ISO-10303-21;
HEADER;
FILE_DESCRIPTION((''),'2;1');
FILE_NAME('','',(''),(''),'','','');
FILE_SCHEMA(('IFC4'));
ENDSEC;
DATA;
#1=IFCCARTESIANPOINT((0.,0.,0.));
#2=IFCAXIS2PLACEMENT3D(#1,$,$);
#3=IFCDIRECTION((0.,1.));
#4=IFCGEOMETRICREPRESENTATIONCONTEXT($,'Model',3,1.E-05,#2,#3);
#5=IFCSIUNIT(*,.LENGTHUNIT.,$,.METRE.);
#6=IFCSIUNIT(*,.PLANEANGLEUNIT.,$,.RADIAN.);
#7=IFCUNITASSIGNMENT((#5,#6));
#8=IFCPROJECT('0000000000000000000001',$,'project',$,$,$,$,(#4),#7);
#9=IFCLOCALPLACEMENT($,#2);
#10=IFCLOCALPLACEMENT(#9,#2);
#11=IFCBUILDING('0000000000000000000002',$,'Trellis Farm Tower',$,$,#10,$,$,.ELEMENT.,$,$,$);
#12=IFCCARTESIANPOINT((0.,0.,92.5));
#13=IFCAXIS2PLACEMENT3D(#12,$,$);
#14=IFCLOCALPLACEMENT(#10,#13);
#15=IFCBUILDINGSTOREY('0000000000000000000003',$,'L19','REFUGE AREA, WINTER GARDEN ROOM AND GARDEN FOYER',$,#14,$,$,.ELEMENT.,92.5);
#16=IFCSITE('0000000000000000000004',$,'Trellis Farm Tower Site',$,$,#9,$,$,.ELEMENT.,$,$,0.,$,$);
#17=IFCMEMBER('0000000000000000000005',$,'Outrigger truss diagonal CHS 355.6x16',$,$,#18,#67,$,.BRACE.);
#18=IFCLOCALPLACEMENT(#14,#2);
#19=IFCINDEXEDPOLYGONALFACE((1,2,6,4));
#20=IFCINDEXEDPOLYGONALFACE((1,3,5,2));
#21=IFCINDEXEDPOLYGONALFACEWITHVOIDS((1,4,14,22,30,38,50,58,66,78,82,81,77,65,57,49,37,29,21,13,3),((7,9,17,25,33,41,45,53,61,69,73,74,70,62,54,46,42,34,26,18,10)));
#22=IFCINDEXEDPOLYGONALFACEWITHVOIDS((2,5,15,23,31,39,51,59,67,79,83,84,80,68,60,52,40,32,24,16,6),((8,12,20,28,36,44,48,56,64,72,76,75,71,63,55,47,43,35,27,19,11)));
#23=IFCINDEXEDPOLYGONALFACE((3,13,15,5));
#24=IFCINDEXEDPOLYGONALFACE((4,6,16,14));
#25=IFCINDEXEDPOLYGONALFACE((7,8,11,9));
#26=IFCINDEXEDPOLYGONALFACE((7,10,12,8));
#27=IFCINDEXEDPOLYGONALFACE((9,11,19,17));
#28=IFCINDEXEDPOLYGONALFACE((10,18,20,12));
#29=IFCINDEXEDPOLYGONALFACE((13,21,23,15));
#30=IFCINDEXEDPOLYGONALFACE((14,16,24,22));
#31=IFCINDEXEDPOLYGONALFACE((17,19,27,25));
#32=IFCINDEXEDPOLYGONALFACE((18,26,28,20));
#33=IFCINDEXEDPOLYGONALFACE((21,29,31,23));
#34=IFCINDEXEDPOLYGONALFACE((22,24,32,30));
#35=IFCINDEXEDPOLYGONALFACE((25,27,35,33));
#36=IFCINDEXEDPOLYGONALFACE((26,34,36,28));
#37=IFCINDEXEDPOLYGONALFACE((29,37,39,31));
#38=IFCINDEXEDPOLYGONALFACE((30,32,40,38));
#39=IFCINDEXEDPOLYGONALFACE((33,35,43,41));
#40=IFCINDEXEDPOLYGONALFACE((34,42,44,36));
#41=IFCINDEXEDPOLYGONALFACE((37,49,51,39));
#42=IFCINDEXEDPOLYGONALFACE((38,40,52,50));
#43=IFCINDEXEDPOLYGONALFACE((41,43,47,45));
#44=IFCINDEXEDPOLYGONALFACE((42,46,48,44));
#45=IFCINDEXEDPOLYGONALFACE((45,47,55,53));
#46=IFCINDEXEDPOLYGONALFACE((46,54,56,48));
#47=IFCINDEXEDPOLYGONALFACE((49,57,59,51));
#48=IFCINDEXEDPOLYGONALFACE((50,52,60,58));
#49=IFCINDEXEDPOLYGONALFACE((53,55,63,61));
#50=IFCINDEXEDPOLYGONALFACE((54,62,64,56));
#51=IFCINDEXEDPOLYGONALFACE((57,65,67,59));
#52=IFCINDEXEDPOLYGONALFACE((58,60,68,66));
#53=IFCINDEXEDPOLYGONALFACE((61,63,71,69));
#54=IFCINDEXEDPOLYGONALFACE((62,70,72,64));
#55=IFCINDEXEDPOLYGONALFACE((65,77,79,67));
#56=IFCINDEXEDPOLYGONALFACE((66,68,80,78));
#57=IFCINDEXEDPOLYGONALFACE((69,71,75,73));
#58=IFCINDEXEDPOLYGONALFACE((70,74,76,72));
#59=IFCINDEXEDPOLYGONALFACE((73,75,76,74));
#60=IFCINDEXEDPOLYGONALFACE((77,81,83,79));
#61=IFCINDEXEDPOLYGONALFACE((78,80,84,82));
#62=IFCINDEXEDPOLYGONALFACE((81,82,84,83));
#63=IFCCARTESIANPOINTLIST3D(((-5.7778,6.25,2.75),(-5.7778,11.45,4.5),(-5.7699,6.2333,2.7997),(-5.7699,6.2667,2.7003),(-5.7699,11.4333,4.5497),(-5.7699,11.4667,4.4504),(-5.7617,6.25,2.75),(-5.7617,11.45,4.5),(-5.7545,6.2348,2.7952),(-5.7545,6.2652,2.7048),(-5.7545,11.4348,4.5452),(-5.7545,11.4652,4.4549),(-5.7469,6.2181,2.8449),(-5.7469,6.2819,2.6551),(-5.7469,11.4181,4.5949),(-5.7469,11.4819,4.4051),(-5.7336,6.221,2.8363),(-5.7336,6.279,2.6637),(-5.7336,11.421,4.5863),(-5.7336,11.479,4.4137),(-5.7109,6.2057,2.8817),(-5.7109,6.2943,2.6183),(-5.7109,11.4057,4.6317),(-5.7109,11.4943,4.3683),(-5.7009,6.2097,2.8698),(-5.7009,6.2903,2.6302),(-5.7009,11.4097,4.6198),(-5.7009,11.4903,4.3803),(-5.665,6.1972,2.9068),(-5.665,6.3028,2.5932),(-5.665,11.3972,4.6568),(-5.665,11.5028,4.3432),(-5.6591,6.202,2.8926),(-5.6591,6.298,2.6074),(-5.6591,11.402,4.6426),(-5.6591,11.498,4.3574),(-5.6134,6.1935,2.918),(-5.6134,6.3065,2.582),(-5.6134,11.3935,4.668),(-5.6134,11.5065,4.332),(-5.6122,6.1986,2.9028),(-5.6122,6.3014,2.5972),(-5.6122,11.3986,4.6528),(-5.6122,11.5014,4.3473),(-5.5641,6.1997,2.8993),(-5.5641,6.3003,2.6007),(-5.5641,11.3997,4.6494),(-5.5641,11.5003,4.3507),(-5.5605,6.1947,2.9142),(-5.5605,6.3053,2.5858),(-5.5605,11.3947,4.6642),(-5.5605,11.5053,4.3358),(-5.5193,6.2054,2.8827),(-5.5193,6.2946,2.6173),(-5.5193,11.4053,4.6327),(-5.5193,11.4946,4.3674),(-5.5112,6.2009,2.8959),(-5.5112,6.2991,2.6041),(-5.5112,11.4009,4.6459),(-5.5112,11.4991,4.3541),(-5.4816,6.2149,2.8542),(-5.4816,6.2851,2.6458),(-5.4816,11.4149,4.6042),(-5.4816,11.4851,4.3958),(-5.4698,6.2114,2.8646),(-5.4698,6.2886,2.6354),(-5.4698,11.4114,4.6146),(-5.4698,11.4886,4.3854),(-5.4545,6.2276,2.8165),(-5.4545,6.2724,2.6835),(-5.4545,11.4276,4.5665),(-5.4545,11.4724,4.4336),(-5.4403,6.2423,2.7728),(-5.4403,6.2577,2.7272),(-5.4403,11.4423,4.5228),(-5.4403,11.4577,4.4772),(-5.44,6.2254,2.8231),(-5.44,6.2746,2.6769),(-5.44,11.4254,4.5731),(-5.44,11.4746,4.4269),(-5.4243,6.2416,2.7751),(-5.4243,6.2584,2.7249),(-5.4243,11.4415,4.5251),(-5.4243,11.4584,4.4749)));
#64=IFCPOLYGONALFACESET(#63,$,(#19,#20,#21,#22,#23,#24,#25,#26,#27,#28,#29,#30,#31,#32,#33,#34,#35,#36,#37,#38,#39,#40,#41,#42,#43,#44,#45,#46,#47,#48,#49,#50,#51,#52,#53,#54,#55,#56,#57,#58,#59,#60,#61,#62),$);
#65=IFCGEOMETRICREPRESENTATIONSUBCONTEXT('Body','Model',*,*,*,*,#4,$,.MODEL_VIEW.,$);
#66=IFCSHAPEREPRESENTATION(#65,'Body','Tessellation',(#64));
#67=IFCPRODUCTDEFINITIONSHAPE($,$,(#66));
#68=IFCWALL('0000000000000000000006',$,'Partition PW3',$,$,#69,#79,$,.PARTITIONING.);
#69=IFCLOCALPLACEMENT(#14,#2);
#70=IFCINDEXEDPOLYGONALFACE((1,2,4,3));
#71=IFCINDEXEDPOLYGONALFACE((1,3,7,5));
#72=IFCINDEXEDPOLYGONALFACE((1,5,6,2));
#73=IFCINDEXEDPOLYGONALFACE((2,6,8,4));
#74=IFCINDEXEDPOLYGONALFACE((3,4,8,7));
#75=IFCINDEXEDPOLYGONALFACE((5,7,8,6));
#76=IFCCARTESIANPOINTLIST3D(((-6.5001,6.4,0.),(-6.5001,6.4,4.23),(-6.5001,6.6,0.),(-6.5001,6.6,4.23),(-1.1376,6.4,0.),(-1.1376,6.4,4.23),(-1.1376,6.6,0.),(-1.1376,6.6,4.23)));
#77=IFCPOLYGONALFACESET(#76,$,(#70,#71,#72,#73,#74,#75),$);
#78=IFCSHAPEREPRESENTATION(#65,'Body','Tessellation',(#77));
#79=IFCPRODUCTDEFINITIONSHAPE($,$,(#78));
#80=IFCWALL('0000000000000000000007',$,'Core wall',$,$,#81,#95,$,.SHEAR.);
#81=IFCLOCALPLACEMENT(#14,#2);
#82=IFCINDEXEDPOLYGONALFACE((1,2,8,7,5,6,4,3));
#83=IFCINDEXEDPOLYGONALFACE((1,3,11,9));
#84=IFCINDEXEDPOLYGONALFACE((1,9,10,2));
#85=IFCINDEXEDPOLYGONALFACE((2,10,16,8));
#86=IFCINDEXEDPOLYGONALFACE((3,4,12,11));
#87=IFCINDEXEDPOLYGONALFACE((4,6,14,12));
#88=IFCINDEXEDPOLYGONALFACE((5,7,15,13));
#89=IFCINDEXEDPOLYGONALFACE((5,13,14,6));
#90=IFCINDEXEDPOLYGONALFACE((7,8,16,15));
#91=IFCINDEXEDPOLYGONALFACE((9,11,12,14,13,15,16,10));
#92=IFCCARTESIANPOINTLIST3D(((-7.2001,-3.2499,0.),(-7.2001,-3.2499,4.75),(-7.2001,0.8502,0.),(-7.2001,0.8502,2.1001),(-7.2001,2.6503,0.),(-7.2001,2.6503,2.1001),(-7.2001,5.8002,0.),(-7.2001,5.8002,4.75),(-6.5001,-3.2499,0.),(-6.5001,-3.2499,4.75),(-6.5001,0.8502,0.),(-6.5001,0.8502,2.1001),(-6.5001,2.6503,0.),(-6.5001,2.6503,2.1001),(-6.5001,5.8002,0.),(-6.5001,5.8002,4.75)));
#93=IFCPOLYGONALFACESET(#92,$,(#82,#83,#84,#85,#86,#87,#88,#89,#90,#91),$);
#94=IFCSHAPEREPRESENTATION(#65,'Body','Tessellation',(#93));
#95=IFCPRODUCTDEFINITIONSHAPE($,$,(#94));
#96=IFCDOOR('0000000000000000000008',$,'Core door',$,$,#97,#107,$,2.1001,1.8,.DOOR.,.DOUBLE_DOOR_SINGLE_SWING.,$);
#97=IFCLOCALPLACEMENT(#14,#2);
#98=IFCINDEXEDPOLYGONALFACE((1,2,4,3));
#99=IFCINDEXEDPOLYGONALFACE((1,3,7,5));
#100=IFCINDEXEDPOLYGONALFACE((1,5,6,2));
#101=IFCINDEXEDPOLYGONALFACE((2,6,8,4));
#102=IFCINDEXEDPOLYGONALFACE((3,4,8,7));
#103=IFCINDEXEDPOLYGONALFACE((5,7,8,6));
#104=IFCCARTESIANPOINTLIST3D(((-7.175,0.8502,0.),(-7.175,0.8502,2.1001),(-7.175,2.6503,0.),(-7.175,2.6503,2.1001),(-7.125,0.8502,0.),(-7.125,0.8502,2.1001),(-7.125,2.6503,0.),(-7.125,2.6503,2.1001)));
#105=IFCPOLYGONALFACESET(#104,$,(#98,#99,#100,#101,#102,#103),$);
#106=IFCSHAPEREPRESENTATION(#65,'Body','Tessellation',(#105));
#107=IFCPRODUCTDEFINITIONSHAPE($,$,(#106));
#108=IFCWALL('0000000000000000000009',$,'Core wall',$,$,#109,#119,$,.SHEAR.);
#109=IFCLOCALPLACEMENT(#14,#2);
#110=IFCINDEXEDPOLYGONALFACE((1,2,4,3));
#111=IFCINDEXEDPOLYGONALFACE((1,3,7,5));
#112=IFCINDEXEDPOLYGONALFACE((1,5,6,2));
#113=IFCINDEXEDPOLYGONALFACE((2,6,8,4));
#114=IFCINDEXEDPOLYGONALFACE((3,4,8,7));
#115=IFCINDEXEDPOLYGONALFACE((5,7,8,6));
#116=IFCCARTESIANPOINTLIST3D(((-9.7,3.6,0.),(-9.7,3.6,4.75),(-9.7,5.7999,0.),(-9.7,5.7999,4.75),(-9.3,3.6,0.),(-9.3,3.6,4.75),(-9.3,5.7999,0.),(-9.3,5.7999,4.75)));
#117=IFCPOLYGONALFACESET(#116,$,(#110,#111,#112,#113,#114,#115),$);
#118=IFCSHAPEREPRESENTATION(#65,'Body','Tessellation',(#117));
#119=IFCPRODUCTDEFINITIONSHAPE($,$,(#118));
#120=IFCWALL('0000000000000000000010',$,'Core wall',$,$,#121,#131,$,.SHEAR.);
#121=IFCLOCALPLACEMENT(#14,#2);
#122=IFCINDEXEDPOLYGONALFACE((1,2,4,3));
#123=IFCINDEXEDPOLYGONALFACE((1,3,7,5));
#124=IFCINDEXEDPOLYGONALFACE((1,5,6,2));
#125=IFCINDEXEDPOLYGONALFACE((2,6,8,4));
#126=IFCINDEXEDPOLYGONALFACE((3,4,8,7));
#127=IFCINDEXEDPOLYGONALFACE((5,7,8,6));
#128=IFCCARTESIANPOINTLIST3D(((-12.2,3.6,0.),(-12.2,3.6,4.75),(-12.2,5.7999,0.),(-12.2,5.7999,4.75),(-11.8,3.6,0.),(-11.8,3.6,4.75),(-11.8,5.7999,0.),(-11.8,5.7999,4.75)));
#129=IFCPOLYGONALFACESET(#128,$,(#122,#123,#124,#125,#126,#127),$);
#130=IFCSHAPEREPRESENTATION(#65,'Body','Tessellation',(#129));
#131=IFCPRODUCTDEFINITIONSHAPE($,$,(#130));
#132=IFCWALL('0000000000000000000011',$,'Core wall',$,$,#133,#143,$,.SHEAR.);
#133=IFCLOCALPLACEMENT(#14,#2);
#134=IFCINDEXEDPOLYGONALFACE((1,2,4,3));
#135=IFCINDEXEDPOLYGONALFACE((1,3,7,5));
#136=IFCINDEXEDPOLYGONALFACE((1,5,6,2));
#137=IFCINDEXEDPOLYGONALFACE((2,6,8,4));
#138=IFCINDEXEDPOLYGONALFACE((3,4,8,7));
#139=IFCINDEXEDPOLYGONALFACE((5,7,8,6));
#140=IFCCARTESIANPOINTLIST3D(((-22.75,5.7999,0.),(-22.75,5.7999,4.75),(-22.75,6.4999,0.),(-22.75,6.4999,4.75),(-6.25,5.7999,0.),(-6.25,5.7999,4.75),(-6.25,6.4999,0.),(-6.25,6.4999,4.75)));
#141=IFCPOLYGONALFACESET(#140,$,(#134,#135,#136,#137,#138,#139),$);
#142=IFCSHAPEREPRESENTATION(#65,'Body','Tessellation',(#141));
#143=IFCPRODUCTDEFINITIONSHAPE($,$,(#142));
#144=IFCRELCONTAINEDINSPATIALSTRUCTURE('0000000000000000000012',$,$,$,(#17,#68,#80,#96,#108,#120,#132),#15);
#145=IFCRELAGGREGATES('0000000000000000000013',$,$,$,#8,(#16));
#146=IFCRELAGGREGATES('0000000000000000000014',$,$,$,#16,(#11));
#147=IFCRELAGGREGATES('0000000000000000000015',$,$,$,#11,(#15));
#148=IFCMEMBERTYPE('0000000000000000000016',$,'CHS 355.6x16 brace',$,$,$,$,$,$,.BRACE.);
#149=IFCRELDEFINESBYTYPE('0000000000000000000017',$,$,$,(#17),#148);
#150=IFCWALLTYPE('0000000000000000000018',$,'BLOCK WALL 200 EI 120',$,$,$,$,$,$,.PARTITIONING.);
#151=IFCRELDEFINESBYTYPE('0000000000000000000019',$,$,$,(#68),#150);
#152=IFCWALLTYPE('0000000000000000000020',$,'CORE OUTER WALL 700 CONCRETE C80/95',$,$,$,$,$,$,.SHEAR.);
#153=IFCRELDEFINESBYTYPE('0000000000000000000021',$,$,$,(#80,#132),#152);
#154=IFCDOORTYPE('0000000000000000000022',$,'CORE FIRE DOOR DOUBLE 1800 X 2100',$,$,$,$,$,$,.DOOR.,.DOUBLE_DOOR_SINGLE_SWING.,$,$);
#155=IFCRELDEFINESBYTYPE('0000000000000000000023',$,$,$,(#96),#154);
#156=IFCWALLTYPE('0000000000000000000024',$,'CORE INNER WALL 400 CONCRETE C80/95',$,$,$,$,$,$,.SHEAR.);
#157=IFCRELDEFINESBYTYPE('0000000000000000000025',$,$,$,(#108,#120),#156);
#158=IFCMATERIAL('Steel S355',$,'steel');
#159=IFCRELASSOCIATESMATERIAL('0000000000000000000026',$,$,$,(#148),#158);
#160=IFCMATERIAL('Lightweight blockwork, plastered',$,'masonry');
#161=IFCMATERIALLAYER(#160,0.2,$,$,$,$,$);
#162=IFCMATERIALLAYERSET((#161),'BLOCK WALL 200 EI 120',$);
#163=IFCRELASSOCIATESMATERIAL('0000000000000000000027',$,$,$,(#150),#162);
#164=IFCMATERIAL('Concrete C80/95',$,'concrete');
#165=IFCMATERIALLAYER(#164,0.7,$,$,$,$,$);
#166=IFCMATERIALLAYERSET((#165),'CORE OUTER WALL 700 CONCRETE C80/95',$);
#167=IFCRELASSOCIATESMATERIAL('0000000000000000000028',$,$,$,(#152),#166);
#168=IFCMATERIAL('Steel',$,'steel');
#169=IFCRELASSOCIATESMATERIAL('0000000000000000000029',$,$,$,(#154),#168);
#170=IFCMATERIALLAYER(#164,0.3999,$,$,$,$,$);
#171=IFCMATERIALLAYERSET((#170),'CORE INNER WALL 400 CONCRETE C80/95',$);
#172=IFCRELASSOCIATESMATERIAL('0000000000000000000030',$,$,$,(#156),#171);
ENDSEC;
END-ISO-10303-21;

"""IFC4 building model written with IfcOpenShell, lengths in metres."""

from ifc_helpers import new_model, si_unit, direction, frame, frame_2d, origin, origin_2d, place, context, subcontext, project, spatial, rectangle, hollow_circle, extrude, source, transform, mapped, material, layer, layer_set, material_profile, profile_set, type_object, element, fill, save


model = new_model("IFC4")

# Units and contexts
model_context = context("Model", 3, precision=1e-05, world=origin(), true_north=direction((0.0, 1.0)))
body_context = subcontext(model_context, "Body", "Model", "MODEL_VIEW")
ifc_project = project(units=[si_unit("LENGTHUNIT", "METRE"), si_unit("PLANEANGLEUNIT", "RADIAN")], contexts=[model_context])

# Site, building, storey
site_placement = place(None, origin())
site = spatial("IfcSite", under=ifc_project, at=site_placement, Name="Trellis Farm Tower Site", CompositionType="ELEMENT", RefElevation=0.0)
building_placement = place(site_placement, origin())
building = spatial("IfcBuilding", under=site, at=building_placement, Name="Trellis Farm Tower", CompositionType="ELEMENT")
storey_placement = place(building_placement, frame((0.0, 0.0, 92.5)))
storey = spatial("IfcBuildingStorey", under=building, at=storey_placement, Name="L19", Description="REFUGE AREA, WINTER GARDEN ROOM AND GARDEN FOYER", CompositionType="ELEMENT", Elevation=92.5)

# Shared definitions
ifc_material_1 = material(Name="Concrete C80/95", Category="concrete")

# Shared definitions
ifc_material_2 = material(Name="Steel S355", Category="steel")

# Member
ifc_material_profile_1 = material_profile(ifc_material_2, hollow_circle(Radius=0.1777, WallThickness=0.0161, at=origin_2d()), Name="CHS 355.6x16")
ifc_profile_set_1 = profile_set([ifc_material_profile_1], Name="Steel S355")
member_type = type_object("IfcMemberType", Name="CHS 355.6x16 brace", PredefinedType="BRACE", material=ifc_profile_set_1)
shared_shape_1 = source(origin(), body_context, "Body", "SweptSolid", [
    extrude(hollow_circle(Radius=0.1777, WallThickness=0.0161, at=origin_2d()), origin(), (0.0, 0.0, 1.0), 5.4866),
])
member_placement = place(storey_placement, frame((-5.6001, 6.25, 2.75), z_axis=(0.0, 0.947767, 0.318963), x_axis=(-1.0, 0.0, 0.0)))
element("IfcMember", 1, at=member_placement, inside=storey, type_object=member_type, Name="Outrigger truss diagonal CHS 355.6x16", PredefinedType="BRACE", context=body_context, shape_type="MappedRepresentation", body=[
    mapped(shared_shape_1, transform((0.0, 0.0, 0.0))),
])

# Wall
ifc_material_3 = material(Name="Lightweight blockwork, plastered", Category="masonry")
ifc_layer_1 = layer(ifc_material_3, 0.2)
ifc_layer_set_1 = layer_set([ifc_layer_1], Name="BLOCK WALL 200 EI 120")
wall_type_1 = type_object("IfcWallType", Name="BLOCK WALL 200 EI 120", PredefinedType="PARTITIONING", material=ifc_layer_set_1)
wall_1_placement = place(storey_placement, frame((-6.5, 6.5, 0.0), z_axis=(0.0, 0.0, 1.0), x_axis=(1.0, 0.0, 0.0)))
element("IfcWall", 2, at=wall_1_placement, inside=storey, type_object=wall_type_1, Name="Partition PW3", PredefinedType="PARTITIONING", context=body_context, shape_type="SweptSolid", body=[
    extrude(rectangle(XDim=5.3625, YDim=0.2, at=frame_2d((2.6812, 0.0))), origin(), (0.0, 0.0, 1.0), 4.23),
])

# Wall, opening, door
ifc_layer_2 = layer(ifc_material_1, 0.7)
ifc_layer_set_2 = layer_set([ifc_layer_2], Name="CORE OUTER WALL 700 CONCRETE C80/95")
wall_type_2 = type_object("IfcWallType", Name="CORE OUTER WALL 700 CONCRETE C80/95", PredefinedType="SHEAR", material=ifc_layer_set_2)
shared_shape_2 = source(origin(), body_context, "Body", "SweptSolid", [
    extrude(rectangle(XDim=9.05, YDim=0.7, at=frame_2d((4.5249, 0.0))), origin(), (0.0, 0.0, 1.0), 4.75),
])
wall_2_placement = place(storey_placement, frame((-6.8501, 5.8, 0.0), z_axis=(0.0, 0.0, 1.0), x_axis=(0.0, -1.0, 0.0)))
wall_2 = element("IfcWall", 3, at=wall_2_placement, inside=storey, type_object=wall_type_2, Name="Core wall", PredefinedType="SHEAR", context=body_context, shape_type="MappedRepresentation", body=[
    mapped(shared_shape_2, transform((0.0, 0.0, 0.0))),
])
shared_shape_3 = source(origin(), body_context, "Body", "SweptSolid", [
    extrude(rectangle(XDim=1.8, YDim=2.1001, at=frame_2d((0.8999, 1.05))), frame((0.0, 0.3601, 0.0), z_axis=(0.0, -1.0, 0.0), x_axis=(1.0, 0.0, 0.0)), (0.0, 0.0, 1.0), 0.7202),
])
opening_1_placement = place(wall_2_placement, frame((3.1499, 0.0, 0.0)))
opening_1 = element("IfcOpeningElement", 4, at=opening_1_placement, cuts=wall_2, PredefinedType="OPENING", context=body_context, shape_type="MappedRepresentation", body=[
    mapped(shared_shape_3, transform((0.0, 0.0, 0.0))),
])
ifc_material_4 = material(Name="Steel", Category="steel")
door_type_1 = type_object("IfcDoorType", Name="CORE FIRE DOOR DOUBLE 1800 X 2100", OperationType="DOUBLE_DOOR_SINGLE_SWING", PredefinedType="DOOR", material=ifc_material_4)
shared_shape_4 = source(origin(), body_context, "Body", "SweptSolid", [
    extrude(rectangle(XDim=1.8, YDim=2.1001, at=frame_2d((0.8999, 1.05))), frame((0.0, -0.2749, 0.0), z_axis=(0.0, -1.0, 0.0), x_axis=(1.0, 0.0, 0.0)), (0.0, 0.0, 1.0), 0.05),
])
door_1_placement = place(opening_1_placement, origin())
door_1 = element("IfcDoor", 5, at=door_1_placement, inside=storey, type_object=door_type_1, Name="Core door", OperationType="DOUBLE_DOOR_SINGLE_SWING", OverallHeight=2.1001, OverallWidth=1.8, PredefinedType="DOOR", context=body_context, shape_type="MappedRepresentation", body=[
    mapped(shared_shape_4, transform((0.0, 0.0, 0.0))),
])
fill(opening_1, door_1)

# Walls
ifc_layer_3 = layer(ifc_material_1, 0.3999)
ifc_layer_set_3 = layer_set([ifc_layer_3], Name="CORE INNER WALL 400 CONCRETE C80/95")
wall_type_3 = type_object("IfcWallType", Name="CORE INNER WALL 400 CONCRETE C80/95", PredefinedType="SHEAR", material=ifc_layer_set_3)
shared_shape_5 = source(origin(), body_context, "Body", "SweptSolid", [
    extrude(rectangle(XDim=2.2, YDim=0.3999, at=frame_2d((1.1001, 0.0))), origin(), (0.0, 0.0, 1.0), 4.75),
])
for number, where, z_axis, x_axis, name in (
    (6, (-9.5, 5.8, 0.0), (0.0, 0.0, 1.0), (0.0, -1.0, 0.0), "Core wall"),
    (7, (-12.0, 5.8, 0.0), (0.0, 0.0, 1.0), (0.0, -1.0, 0.0), "Core wall"),
):
    element("IfcWall", number, at=place(storey_placement, frame(where, z_axis=z_axis, x_axis=x_axis)), inside=storey, type_object=wall_type_3, Name=name, PredefinedType="SHEAR", context=body_context, shape_type="MappedRepresentation", body=[
        mapped(shared_shape_5, transform((0.0, 0.0, 0.0))),
    ])
shared_shape_6 = source(origin(), body_context, "Body", "SweptSolid", [
    extrude(rectangle(XDim=16.5, YDim=0.7, at=frame_2d((8.25, 0.0))), origin(), (0.0, 0.0, 1.0), 4.75),
])
wall_3_placement = place(storey_placement, frame((-6.25, 6.1499, 0.0), z_axis=(0.0, 0.0, 1.0), x_axis=(-1.0, 0.0, 0.0)))
element("IfcWall", 8, at=wall_3_placement, inside=storey, type_object=wall_type_2, Name="Core wall", PredefinedType="SHEAR", context=body_context, shape_type="MappedRepresentation", body=[
    mapped(shared_shape_6, transform((0.0, 0.0, 0.0))),
])

save(model, "model.ifc")
